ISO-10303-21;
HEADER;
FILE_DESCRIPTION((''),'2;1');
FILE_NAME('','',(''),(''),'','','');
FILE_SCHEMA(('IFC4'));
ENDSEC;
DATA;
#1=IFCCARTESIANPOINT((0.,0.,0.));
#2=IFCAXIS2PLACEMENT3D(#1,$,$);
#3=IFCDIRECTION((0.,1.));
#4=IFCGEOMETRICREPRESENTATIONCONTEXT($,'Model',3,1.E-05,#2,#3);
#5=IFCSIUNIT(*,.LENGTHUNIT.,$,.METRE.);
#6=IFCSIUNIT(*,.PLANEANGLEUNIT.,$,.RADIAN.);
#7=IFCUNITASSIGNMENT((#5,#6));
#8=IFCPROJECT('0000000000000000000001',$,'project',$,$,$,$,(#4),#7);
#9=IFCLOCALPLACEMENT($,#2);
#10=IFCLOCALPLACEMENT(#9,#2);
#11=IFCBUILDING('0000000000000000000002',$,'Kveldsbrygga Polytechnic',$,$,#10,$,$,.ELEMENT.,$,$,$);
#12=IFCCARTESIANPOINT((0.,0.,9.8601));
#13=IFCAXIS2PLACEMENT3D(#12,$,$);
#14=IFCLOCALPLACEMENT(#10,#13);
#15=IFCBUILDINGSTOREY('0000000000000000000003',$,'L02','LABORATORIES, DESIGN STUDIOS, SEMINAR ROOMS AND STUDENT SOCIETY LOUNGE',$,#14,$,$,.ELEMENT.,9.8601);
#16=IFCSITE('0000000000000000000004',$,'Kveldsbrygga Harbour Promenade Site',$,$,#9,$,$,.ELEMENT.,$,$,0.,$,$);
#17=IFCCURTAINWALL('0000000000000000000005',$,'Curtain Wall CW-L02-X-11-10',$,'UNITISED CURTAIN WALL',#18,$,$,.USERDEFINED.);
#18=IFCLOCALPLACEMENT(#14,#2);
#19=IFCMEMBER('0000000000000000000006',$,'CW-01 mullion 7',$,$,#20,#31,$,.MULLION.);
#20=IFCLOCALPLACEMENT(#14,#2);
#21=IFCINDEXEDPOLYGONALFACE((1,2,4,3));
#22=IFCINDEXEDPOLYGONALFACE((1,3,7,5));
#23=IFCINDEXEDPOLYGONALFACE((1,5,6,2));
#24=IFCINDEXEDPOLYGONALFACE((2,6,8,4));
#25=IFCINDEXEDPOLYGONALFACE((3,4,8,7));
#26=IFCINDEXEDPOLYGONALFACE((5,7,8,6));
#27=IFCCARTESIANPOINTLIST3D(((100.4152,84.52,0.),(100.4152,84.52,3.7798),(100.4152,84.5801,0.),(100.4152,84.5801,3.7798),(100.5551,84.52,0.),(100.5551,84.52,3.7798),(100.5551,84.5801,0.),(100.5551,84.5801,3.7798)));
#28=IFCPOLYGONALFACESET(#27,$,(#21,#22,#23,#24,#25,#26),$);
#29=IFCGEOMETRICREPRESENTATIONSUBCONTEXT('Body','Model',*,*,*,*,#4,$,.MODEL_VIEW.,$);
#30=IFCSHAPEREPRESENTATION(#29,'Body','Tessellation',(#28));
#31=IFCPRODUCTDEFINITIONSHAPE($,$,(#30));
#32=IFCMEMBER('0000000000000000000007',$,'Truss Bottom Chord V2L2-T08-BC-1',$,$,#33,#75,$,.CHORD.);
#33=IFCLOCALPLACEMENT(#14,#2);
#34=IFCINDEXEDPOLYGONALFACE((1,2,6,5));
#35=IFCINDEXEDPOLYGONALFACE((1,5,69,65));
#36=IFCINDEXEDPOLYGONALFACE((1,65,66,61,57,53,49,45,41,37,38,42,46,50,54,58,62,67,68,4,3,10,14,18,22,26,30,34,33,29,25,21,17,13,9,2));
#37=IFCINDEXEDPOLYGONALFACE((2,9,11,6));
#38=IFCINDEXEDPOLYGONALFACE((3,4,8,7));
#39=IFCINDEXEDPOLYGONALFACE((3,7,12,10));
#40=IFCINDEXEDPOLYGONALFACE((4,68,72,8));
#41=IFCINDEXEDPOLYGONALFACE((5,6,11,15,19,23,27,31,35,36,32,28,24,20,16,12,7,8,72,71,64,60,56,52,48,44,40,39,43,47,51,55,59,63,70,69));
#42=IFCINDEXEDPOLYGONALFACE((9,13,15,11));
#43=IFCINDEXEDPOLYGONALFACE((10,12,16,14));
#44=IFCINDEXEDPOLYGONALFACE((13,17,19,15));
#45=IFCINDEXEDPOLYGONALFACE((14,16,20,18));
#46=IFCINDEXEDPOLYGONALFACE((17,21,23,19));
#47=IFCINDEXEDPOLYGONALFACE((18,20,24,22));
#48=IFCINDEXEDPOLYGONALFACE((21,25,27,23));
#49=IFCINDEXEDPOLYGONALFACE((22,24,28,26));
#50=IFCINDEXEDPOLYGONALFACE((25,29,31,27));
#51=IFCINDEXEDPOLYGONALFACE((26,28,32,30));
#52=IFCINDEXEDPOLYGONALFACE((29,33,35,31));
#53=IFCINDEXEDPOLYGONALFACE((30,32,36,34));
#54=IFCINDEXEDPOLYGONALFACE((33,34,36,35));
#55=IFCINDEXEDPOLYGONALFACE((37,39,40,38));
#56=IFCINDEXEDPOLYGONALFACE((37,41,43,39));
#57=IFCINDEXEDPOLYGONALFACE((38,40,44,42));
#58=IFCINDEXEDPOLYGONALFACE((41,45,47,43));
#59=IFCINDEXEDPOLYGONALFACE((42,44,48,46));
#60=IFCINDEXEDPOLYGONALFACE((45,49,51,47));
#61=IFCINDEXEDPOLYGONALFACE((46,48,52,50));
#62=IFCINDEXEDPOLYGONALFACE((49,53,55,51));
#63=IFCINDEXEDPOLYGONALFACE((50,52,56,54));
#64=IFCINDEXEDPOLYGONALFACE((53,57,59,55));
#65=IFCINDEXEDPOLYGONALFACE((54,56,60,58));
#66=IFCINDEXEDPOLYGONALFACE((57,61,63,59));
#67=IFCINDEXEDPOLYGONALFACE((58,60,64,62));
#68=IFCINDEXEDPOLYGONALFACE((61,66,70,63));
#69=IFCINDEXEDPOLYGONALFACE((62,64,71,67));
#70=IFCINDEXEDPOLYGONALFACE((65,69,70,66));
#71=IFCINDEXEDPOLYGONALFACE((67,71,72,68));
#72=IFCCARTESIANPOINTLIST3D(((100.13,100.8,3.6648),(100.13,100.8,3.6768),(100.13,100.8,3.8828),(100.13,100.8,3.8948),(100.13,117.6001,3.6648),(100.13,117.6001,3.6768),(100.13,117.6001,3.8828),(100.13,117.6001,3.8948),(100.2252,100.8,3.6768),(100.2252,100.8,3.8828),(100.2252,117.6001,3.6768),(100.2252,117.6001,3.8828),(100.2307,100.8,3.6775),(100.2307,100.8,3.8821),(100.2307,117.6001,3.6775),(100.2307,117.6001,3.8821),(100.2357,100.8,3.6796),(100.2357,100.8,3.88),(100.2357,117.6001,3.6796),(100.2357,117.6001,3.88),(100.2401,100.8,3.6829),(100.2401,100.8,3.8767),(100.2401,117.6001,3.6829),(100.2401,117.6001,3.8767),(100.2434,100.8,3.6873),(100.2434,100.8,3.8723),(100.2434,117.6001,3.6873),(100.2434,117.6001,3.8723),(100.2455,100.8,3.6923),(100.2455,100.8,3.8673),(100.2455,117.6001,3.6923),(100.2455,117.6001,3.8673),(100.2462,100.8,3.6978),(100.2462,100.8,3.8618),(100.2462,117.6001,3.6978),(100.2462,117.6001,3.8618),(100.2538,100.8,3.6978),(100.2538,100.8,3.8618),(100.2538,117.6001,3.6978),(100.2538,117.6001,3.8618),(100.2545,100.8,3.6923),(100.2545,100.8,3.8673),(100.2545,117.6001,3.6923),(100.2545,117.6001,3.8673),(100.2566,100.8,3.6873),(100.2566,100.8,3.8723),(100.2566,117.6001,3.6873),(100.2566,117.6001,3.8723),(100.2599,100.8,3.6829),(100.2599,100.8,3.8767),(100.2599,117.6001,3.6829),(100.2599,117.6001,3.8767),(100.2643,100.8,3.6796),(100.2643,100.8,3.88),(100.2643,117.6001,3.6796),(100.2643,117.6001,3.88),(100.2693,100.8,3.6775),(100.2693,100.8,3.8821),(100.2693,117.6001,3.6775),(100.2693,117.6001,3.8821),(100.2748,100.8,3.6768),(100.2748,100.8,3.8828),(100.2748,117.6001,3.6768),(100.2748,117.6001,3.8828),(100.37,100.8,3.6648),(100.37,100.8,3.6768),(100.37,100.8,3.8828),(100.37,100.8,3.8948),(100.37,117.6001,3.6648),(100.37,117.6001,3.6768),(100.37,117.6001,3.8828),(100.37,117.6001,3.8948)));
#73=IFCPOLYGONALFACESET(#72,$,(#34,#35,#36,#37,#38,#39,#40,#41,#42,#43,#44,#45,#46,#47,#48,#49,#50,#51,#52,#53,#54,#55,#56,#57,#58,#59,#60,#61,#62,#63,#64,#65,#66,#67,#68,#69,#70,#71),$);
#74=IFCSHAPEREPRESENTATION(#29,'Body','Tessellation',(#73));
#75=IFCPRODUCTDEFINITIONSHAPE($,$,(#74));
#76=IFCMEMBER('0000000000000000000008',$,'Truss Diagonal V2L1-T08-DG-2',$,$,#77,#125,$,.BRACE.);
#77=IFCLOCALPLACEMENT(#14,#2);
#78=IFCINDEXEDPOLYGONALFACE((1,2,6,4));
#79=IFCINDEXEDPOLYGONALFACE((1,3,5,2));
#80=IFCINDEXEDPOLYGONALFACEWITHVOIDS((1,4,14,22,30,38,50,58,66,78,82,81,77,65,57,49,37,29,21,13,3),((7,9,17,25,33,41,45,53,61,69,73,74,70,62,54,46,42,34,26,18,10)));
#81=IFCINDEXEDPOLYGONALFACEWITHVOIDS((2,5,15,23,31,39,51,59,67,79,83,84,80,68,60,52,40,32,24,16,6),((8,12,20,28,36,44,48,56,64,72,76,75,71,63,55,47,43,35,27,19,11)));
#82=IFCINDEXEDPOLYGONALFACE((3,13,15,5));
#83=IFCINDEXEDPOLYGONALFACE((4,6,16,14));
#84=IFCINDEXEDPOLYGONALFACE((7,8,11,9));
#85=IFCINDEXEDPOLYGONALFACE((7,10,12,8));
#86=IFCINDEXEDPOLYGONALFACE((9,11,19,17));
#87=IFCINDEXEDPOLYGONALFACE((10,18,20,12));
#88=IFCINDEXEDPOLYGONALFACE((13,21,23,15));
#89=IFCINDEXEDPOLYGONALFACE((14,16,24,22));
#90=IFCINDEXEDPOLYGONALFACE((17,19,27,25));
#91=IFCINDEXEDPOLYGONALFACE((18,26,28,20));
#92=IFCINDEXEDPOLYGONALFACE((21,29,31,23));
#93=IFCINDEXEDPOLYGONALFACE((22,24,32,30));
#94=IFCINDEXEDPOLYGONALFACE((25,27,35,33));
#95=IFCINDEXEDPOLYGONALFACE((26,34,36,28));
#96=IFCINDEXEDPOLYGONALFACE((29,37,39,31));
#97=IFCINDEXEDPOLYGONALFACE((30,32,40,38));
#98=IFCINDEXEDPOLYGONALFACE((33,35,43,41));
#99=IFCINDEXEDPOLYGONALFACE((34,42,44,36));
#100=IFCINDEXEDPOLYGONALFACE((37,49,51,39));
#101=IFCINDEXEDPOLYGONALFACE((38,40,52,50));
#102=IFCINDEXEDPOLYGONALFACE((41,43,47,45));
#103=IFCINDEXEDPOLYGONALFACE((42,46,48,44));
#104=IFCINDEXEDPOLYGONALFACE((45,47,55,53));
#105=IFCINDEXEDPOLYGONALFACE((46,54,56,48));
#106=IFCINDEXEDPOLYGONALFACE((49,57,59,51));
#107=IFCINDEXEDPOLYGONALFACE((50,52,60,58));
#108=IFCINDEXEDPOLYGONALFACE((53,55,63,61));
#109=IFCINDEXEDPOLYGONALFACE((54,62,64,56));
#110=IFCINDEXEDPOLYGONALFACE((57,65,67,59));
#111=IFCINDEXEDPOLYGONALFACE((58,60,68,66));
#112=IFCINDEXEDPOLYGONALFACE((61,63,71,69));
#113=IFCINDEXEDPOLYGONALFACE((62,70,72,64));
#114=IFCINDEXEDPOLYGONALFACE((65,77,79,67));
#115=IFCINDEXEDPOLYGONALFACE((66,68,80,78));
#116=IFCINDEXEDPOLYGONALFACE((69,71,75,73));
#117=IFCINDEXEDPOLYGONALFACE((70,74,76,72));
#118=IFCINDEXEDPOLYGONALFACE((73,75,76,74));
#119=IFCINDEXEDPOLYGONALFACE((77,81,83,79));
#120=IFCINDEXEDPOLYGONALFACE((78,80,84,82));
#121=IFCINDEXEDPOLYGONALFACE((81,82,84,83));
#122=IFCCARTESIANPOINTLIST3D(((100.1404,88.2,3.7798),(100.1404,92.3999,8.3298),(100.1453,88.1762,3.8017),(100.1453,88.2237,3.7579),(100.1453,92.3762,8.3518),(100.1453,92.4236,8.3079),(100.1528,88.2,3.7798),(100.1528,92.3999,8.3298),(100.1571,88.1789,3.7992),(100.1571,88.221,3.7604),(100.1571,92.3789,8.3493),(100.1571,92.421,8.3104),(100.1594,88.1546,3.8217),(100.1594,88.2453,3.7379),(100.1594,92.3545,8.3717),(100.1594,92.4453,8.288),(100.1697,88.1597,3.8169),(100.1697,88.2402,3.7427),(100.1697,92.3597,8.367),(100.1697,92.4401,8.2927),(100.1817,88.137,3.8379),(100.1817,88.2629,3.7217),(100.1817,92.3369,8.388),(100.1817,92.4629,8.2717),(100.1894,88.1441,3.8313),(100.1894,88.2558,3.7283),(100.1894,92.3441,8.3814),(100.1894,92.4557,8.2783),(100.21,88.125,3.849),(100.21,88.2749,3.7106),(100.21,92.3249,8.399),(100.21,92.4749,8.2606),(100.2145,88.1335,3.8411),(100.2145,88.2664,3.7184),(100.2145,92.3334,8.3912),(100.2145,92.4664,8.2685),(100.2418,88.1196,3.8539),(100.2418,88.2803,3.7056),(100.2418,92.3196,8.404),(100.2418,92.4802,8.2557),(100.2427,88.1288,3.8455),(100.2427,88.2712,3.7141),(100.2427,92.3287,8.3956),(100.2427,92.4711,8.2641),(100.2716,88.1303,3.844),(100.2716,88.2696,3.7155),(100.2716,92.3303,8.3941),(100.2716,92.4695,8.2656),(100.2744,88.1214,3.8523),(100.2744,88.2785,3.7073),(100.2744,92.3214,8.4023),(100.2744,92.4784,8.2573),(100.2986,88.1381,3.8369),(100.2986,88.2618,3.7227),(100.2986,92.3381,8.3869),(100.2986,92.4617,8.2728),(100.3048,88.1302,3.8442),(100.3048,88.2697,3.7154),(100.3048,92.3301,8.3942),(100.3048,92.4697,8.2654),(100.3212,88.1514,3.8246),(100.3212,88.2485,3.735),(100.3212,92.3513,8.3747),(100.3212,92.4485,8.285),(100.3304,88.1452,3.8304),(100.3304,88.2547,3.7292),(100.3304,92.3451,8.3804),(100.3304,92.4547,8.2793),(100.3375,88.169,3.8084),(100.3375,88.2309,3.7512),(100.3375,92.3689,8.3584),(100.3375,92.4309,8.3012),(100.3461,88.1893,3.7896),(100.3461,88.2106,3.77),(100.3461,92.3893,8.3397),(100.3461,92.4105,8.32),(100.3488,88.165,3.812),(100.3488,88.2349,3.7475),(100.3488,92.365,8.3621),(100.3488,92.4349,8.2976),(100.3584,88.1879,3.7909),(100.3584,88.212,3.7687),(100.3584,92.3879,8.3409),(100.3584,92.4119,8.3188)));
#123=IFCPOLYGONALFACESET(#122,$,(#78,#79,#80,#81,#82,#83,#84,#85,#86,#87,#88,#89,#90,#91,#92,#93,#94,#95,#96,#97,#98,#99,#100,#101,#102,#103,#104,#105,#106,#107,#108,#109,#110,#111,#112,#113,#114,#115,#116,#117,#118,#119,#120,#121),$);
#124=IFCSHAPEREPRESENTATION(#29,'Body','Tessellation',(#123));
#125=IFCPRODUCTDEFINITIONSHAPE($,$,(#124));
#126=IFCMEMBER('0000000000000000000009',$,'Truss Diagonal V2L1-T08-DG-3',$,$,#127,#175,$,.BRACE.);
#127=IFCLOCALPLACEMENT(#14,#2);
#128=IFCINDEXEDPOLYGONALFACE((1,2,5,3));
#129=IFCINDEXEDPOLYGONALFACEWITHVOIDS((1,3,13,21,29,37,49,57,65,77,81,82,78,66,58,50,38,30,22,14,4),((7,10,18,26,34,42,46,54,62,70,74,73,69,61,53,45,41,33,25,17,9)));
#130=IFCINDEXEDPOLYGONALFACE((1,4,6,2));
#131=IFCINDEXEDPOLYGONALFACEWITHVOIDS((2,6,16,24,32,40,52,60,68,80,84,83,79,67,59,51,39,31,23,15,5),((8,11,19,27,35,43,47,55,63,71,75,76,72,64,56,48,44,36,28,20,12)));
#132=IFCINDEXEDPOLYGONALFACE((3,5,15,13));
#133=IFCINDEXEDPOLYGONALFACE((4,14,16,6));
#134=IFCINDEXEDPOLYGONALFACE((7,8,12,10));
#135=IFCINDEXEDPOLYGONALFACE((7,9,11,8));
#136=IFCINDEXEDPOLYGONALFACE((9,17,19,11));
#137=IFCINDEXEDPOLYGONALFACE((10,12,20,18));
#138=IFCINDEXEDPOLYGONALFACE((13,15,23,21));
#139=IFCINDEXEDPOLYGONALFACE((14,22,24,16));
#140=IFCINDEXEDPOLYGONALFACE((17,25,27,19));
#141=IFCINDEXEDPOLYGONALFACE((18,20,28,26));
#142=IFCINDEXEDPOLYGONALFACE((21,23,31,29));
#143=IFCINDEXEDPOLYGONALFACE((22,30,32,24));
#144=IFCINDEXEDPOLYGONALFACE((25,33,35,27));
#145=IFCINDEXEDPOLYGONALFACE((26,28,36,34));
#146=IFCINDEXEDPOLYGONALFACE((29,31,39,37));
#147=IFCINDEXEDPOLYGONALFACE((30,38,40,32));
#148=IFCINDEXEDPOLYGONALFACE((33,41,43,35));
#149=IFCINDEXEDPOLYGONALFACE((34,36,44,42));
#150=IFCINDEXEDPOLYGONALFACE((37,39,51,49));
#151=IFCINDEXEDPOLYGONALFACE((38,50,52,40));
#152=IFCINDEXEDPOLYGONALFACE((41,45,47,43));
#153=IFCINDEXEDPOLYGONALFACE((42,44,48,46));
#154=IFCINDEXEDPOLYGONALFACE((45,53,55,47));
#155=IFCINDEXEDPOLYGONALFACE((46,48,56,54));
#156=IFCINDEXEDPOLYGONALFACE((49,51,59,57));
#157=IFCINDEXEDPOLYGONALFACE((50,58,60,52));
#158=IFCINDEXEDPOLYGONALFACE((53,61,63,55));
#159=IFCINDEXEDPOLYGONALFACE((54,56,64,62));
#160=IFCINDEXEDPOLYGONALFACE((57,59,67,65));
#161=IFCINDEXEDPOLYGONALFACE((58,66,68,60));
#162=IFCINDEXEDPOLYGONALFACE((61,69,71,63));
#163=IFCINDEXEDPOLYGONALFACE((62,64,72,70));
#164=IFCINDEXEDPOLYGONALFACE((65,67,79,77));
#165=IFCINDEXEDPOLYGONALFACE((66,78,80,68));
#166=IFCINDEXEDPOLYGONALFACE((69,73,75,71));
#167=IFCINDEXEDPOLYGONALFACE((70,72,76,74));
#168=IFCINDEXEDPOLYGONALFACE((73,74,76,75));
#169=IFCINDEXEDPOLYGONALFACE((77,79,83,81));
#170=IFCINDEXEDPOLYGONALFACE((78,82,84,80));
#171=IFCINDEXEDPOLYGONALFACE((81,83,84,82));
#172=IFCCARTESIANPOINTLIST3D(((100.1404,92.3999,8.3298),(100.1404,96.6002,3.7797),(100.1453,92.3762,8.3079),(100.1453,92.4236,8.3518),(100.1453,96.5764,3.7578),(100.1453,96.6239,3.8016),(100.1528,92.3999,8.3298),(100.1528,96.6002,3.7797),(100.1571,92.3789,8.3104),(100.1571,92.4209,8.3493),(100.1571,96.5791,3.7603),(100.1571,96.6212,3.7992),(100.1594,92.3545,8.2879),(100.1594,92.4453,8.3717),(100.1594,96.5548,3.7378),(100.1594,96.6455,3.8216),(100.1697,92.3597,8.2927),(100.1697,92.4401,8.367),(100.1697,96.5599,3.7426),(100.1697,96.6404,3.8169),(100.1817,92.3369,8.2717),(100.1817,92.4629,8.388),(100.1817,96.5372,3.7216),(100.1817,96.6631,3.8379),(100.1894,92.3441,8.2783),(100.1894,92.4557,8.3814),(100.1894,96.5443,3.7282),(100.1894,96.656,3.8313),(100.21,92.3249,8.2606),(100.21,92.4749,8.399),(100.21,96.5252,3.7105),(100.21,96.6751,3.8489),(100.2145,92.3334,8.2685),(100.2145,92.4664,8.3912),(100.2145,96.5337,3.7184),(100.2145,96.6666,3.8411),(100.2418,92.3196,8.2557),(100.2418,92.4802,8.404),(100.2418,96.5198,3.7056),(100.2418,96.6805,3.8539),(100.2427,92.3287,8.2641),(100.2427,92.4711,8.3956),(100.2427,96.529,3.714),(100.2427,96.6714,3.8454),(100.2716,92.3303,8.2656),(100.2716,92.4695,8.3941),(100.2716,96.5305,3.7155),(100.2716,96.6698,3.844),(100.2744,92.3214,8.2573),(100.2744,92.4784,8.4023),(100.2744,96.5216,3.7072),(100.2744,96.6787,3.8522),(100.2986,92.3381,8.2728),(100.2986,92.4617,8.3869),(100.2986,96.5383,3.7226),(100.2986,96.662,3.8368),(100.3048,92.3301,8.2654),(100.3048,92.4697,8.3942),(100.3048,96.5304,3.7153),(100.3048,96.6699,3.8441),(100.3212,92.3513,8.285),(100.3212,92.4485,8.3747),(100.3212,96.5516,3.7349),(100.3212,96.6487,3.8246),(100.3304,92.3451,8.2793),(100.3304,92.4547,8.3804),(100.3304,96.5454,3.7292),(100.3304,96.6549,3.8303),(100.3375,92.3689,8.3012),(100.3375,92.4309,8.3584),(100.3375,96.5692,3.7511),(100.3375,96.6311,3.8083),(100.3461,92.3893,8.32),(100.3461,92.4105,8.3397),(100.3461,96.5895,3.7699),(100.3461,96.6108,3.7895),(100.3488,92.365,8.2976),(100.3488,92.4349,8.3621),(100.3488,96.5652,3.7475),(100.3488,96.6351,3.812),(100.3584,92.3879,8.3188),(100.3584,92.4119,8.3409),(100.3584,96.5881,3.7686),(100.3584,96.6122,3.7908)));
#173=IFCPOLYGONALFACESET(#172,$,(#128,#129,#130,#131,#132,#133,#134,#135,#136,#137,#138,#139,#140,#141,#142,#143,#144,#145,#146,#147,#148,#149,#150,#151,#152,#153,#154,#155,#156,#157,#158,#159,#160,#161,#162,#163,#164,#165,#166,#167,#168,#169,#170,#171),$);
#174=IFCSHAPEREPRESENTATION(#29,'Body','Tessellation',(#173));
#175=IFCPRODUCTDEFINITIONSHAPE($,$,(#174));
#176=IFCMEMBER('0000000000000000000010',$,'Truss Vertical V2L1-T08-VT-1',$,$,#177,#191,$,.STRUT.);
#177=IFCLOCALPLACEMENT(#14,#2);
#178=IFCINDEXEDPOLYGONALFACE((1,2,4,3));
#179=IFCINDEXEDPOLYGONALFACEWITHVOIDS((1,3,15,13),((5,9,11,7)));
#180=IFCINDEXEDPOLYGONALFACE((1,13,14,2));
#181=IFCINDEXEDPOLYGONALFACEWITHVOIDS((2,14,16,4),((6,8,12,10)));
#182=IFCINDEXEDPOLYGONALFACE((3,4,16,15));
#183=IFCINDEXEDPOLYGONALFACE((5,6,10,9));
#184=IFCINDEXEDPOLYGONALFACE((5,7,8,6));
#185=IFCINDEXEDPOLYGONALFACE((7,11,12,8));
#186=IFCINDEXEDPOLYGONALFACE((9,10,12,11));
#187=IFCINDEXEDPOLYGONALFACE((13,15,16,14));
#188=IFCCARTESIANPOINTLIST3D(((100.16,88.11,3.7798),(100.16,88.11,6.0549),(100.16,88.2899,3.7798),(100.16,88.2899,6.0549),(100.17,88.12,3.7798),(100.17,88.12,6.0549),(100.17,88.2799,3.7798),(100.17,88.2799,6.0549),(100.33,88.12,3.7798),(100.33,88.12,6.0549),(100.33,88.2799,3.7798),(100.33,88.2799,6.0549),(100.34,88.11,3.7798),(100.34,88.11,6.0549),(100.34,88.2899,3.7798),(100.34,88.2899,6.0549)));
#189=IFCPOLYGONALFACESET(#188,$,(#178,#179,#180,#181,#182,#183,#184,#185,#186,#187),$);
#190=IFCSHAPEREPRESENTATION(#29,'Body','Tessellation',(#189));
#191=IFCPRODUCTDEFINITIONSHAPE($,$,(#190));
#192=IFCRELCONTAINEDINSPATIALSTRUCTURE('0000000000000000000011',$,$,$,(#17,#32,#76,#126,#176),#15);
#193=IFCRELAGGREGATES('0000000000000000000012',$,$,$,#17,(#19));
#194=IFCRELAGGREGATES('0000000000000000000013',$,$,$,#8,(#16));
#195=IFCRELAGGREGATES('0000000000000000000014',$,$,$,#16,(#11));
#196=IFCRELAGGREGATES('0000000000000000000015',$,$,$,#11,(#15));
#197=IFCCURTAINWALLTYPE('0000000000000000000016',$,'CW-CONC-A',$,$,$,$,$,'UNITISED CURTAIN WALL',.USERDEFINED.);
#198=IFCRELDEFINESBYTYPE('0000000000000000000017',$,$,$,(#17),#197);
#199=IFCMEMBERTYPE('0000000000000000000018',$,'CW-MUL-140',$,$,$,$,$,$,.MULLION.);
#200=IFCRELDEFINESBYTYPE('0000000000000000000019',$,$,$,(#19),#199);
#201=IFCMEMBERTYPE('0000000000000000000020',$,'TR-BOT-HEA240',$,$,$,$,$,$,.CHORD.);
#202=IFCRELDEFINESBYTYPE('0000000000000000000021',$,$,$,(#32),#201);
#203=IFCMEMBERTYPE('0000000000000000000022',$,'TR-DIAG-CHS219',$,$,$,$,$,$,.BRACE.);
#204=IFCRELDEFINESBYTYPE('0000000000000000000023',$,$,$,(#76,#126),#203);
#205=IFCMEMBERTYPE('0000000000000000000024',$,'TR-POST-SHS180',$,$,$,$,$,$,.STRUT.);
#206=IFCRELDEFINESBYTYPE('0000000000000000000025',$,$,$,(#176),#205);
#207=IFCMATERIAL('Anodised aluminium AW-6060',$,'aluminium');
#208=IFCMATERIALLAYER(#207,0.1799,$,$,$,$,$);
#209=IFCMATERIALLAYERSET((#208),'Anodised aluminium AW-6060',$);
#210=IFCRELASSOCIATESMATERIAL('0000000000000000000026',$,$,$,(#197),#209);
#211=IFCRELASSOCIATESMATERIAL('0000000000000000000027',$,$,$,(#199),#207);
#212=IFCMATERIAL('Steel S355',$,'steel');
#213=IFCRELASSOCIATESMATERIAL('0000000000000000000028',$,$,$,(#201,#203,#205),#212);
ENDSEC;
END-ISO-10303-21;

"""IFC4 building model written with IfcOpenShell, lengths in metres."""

from ifc_helpers import new_model, si_unit, direction, frame, origin, origin_2d, place, context, subcontext, project, spatial, rectangle, hollow_rectangle, hollow_circle, i_section, extrude, material, layer, layer_set, material_profile, profile_set, type_object, element, aggregate, save


model = new_model("IFC4")

# Units and contexts
model_context = context("Model", 3, precision=1e-05, world=origin(), true_north=direction((0.0, 1.0)))
body_context = subcontext(model_context, "Body", "Model", "MODEL_VIEW")
ifc_project = project(units=[si_unit("LENGTHUNIT", "METRE"), si_unit("PLANEANGLEUNIT", "RADIAN")], contexts=[model_context])

# Site, building, storey
site_placement = place(None, origin())
site = spatial("IfcSite", under=ifc_project, at=site_placement, Name="Kveldsbrygga Harbour Promenade Site", CompositionType="ELEMENT", RefElevation=0.0)
building_placement = place(site_placement, origin())
building = spatial("IfcBuilding", under=site, at=building_placement, Name="Kveldsbrygga Polytechnic", CompositionType="ELEMENT")
storey_placement = place(building_placement, frame((0.0, 0.0, 9.8601)))
storey = spatial("IfcBuildingStorey", under=building, at=storey_placement, Name="L02", Description="LABORATORIES, DESIGN STUDIOS, SEMINAR ROOMS AND STUDENT SOCIETY LOUNGE", CompositionType="ELEMENT", Elevation=9.8601)

# Curtain wall, member
ifc_material_1 = material(Name="Anodised aluminium AW-6060", Category="aluminium")
ifc_layer_1 = layer(ifc_material_1, 0.1799)
ifc_layer_set_1 = layer_set([ifc_layer_1], Name="Anodised aluminium AW-6060")
curtain_wall_type = type_object("IfcCurtainWallType", Name="CW-CONC-A", ElementType="UNITISED CURTAIN WALL", PredefinedType="USERDEFINED", material=ifc_layer_set_1)
curtain_wall_placement = place(storey_placement, origin())
curtain_wall = element("IfcCurtainWall", 1, at=curtain_wall_placement, inside=storey, type_object=curtain_wall_type, Name="Curtain Wall CW-L02-X-11-10", ObjectType="UNITISED CURTAIN WALL", PredefinedType="USERDEFINED")
ifc_material_profile_1 = material_profile(ifc_material_1, rectangle(XDim=0.0601, YDim=0.1399, at=origin_2d()), Name="ALU 60x140")
ifc_profile_set_1 = profile_set([ifc_material_profile_1], Name="Anodised aluminium AW-6060")
member_type_1 = type_object("IfcMemberType", Name="CW-MUL-140", PredefinedType="MULLION", material=ifc_profile_set_1)
member_1_placement = place(storey_placement, frame((100.4851, 84.55, 0.0), z_axis=(0.0, 0.0, 1.0), x_axis=(0.0, 1.0, 0.0)))
member_1 = element("IfcMember", 2, at=member_1_placement, type_object=member_type_1, Name="CW-01 mullion 7", PredefinedType="MULLION", context=body_context, shape_type="SweptSolid", body=[
    extrude(rectangle(XDim=0.0601, YDim=0.1399, at=origin_2d()), origin(), (0.0, 0.0, 1.0), 3.7798),
])

# Members
ifc_material_2 = material(Name="Steel S355", Category="steel")
ifc_material_profile_2 = material_profile(ifc_material_2, i_section(OverallWidth=0.24, OverallDepth=0.23, WebThickness=0.0076, FlangeThickness=0.012, FilletRadius=0.021, at=origin_2d()), Name="HEA 240")
ifc_profile_set_2 = profile_set([ifc_material_profile_2], Name="Steel S355")
member_type_2 = type_object("IfcMemberType", Name="TR-BOT-HEA240", PredefinedType="CHORD", material=ifc_profile_set_2)
member_2_placement = place(storey_placement, frame((100.25, 100.8, 3.7798), z_axis=(0.0, 1.0, 0.0), x_axis=(-1.0, 0.0, 0.0)))
element("IfcMember", 3, at=member_2_placement, inside=storey, type_object=member_type_2, Name="Truss Bottom Chord V2L2-T08-BC-1", PredefinedType="CHORD", context=body_context, shape_type="SweptSolid", body=[
    extrude(i_section(OverallWidth=0.24, OverallDepth=0.23, WebThickness=0.0076, FlangeThickness=0.012, FilletRadius=0.021, at=origin_2d()), origin(), (0.0, 0.0, 1.0), 16.8),
])
ifc_material_profile_3 = material_profile(ifc_material_2, hollow_circle(Radius=0.1096, WallThickness=0.0125, at=origin_2d()), Name="CHS 219.1x12.5")
ifc_profile_set_3 = profile_set([ifc_material_profile_3], Name="Steel S355")
member_type_3 = type_object("IfcMemberType", Name="TR-DIAG-CHS219", PredefinedType="BRACE", material=ifc_profile_set_3)
member_3_placement = place(storey_placement, frame((100.25, 88.2, 3.7798), z_axis=(0.0, 0.678272, 0.734811), x_axis=(-1.0, 0.0, 0.0)))
element("IfcMember", 4, at=member_3_placement, inside=storey, type_object=member_type_3, Name="Truss Diagonal V2L1-T08-DG-2", PredefinedType="BRACE", context=body_context, shape_type="SweptSolid", body=[
    extrude(hollow_circle(Radius=0.1096, WallThickness=0.0125, at=origin_2d()), origin(), (0.0, 0.0, 1.0), 6.1921),
])
member_4_placement = place(storey_placement, frame((100.25, 92.3999, 8.3298), z_axis=(0.0, 0.678293, -0.734791), x_axis=(-1.0, 0.0, 0.0)))
element("IfcMember", 5, at=member_4_placement, inside=storey, type_object=member_type_3, Name="Truss Diagonal V2L1-T08-DG-3", PredefinedType="BRACE", context=body_context, shape_type="SweptSolid", body=[
    extrude(hollow_circle(Radius=0.1096, WallThickness=0.0125, at=origin_2d()), origin(), (0.0, 0.0, 1.0), 6.1924),
])
ifc_material_profile_4 = material_profile(ifc_material_2, hollow_rectangle(XDim=0.1799, YDim=0.1799, WallThickness=0.01, at=origin_2d()), Name="SHS 180x180x10.0")
ifc_profile_set_4 = profile_set([ifc_material_profile_4], Name="Steel S355")
member_type_4 = type_object("IfcMemberType", Name="TR-POST-SHS180", PredefinedType="STRUT", material=ifc_profile_set_4)
member_5_placement = place(storey_placement, frame((100.25, 88.2, 3.7798), z_axis=(0.0, 0.0, 1.0), x_axis=(1.0, 0.0, 0.0)))
element("IfcMember", 6, at=member_5_placement, inside=storey, type_object=member_type_4, Name="Truss Vertical V2L1-T08-VT-1", PredefinedType="STRUT", context=body_context, shape_type="SweptSolid", body=[
    extrude(hollow_rectangle(XDim=0.1799, YDim=0.1799, WallThickness=0.01, at=origin_2d()), origin(), (0.0, 0.0, 1.0), 2.2751),
])

aggregate(curtain_wall, [member_1])

save(model, "model.ifc")
